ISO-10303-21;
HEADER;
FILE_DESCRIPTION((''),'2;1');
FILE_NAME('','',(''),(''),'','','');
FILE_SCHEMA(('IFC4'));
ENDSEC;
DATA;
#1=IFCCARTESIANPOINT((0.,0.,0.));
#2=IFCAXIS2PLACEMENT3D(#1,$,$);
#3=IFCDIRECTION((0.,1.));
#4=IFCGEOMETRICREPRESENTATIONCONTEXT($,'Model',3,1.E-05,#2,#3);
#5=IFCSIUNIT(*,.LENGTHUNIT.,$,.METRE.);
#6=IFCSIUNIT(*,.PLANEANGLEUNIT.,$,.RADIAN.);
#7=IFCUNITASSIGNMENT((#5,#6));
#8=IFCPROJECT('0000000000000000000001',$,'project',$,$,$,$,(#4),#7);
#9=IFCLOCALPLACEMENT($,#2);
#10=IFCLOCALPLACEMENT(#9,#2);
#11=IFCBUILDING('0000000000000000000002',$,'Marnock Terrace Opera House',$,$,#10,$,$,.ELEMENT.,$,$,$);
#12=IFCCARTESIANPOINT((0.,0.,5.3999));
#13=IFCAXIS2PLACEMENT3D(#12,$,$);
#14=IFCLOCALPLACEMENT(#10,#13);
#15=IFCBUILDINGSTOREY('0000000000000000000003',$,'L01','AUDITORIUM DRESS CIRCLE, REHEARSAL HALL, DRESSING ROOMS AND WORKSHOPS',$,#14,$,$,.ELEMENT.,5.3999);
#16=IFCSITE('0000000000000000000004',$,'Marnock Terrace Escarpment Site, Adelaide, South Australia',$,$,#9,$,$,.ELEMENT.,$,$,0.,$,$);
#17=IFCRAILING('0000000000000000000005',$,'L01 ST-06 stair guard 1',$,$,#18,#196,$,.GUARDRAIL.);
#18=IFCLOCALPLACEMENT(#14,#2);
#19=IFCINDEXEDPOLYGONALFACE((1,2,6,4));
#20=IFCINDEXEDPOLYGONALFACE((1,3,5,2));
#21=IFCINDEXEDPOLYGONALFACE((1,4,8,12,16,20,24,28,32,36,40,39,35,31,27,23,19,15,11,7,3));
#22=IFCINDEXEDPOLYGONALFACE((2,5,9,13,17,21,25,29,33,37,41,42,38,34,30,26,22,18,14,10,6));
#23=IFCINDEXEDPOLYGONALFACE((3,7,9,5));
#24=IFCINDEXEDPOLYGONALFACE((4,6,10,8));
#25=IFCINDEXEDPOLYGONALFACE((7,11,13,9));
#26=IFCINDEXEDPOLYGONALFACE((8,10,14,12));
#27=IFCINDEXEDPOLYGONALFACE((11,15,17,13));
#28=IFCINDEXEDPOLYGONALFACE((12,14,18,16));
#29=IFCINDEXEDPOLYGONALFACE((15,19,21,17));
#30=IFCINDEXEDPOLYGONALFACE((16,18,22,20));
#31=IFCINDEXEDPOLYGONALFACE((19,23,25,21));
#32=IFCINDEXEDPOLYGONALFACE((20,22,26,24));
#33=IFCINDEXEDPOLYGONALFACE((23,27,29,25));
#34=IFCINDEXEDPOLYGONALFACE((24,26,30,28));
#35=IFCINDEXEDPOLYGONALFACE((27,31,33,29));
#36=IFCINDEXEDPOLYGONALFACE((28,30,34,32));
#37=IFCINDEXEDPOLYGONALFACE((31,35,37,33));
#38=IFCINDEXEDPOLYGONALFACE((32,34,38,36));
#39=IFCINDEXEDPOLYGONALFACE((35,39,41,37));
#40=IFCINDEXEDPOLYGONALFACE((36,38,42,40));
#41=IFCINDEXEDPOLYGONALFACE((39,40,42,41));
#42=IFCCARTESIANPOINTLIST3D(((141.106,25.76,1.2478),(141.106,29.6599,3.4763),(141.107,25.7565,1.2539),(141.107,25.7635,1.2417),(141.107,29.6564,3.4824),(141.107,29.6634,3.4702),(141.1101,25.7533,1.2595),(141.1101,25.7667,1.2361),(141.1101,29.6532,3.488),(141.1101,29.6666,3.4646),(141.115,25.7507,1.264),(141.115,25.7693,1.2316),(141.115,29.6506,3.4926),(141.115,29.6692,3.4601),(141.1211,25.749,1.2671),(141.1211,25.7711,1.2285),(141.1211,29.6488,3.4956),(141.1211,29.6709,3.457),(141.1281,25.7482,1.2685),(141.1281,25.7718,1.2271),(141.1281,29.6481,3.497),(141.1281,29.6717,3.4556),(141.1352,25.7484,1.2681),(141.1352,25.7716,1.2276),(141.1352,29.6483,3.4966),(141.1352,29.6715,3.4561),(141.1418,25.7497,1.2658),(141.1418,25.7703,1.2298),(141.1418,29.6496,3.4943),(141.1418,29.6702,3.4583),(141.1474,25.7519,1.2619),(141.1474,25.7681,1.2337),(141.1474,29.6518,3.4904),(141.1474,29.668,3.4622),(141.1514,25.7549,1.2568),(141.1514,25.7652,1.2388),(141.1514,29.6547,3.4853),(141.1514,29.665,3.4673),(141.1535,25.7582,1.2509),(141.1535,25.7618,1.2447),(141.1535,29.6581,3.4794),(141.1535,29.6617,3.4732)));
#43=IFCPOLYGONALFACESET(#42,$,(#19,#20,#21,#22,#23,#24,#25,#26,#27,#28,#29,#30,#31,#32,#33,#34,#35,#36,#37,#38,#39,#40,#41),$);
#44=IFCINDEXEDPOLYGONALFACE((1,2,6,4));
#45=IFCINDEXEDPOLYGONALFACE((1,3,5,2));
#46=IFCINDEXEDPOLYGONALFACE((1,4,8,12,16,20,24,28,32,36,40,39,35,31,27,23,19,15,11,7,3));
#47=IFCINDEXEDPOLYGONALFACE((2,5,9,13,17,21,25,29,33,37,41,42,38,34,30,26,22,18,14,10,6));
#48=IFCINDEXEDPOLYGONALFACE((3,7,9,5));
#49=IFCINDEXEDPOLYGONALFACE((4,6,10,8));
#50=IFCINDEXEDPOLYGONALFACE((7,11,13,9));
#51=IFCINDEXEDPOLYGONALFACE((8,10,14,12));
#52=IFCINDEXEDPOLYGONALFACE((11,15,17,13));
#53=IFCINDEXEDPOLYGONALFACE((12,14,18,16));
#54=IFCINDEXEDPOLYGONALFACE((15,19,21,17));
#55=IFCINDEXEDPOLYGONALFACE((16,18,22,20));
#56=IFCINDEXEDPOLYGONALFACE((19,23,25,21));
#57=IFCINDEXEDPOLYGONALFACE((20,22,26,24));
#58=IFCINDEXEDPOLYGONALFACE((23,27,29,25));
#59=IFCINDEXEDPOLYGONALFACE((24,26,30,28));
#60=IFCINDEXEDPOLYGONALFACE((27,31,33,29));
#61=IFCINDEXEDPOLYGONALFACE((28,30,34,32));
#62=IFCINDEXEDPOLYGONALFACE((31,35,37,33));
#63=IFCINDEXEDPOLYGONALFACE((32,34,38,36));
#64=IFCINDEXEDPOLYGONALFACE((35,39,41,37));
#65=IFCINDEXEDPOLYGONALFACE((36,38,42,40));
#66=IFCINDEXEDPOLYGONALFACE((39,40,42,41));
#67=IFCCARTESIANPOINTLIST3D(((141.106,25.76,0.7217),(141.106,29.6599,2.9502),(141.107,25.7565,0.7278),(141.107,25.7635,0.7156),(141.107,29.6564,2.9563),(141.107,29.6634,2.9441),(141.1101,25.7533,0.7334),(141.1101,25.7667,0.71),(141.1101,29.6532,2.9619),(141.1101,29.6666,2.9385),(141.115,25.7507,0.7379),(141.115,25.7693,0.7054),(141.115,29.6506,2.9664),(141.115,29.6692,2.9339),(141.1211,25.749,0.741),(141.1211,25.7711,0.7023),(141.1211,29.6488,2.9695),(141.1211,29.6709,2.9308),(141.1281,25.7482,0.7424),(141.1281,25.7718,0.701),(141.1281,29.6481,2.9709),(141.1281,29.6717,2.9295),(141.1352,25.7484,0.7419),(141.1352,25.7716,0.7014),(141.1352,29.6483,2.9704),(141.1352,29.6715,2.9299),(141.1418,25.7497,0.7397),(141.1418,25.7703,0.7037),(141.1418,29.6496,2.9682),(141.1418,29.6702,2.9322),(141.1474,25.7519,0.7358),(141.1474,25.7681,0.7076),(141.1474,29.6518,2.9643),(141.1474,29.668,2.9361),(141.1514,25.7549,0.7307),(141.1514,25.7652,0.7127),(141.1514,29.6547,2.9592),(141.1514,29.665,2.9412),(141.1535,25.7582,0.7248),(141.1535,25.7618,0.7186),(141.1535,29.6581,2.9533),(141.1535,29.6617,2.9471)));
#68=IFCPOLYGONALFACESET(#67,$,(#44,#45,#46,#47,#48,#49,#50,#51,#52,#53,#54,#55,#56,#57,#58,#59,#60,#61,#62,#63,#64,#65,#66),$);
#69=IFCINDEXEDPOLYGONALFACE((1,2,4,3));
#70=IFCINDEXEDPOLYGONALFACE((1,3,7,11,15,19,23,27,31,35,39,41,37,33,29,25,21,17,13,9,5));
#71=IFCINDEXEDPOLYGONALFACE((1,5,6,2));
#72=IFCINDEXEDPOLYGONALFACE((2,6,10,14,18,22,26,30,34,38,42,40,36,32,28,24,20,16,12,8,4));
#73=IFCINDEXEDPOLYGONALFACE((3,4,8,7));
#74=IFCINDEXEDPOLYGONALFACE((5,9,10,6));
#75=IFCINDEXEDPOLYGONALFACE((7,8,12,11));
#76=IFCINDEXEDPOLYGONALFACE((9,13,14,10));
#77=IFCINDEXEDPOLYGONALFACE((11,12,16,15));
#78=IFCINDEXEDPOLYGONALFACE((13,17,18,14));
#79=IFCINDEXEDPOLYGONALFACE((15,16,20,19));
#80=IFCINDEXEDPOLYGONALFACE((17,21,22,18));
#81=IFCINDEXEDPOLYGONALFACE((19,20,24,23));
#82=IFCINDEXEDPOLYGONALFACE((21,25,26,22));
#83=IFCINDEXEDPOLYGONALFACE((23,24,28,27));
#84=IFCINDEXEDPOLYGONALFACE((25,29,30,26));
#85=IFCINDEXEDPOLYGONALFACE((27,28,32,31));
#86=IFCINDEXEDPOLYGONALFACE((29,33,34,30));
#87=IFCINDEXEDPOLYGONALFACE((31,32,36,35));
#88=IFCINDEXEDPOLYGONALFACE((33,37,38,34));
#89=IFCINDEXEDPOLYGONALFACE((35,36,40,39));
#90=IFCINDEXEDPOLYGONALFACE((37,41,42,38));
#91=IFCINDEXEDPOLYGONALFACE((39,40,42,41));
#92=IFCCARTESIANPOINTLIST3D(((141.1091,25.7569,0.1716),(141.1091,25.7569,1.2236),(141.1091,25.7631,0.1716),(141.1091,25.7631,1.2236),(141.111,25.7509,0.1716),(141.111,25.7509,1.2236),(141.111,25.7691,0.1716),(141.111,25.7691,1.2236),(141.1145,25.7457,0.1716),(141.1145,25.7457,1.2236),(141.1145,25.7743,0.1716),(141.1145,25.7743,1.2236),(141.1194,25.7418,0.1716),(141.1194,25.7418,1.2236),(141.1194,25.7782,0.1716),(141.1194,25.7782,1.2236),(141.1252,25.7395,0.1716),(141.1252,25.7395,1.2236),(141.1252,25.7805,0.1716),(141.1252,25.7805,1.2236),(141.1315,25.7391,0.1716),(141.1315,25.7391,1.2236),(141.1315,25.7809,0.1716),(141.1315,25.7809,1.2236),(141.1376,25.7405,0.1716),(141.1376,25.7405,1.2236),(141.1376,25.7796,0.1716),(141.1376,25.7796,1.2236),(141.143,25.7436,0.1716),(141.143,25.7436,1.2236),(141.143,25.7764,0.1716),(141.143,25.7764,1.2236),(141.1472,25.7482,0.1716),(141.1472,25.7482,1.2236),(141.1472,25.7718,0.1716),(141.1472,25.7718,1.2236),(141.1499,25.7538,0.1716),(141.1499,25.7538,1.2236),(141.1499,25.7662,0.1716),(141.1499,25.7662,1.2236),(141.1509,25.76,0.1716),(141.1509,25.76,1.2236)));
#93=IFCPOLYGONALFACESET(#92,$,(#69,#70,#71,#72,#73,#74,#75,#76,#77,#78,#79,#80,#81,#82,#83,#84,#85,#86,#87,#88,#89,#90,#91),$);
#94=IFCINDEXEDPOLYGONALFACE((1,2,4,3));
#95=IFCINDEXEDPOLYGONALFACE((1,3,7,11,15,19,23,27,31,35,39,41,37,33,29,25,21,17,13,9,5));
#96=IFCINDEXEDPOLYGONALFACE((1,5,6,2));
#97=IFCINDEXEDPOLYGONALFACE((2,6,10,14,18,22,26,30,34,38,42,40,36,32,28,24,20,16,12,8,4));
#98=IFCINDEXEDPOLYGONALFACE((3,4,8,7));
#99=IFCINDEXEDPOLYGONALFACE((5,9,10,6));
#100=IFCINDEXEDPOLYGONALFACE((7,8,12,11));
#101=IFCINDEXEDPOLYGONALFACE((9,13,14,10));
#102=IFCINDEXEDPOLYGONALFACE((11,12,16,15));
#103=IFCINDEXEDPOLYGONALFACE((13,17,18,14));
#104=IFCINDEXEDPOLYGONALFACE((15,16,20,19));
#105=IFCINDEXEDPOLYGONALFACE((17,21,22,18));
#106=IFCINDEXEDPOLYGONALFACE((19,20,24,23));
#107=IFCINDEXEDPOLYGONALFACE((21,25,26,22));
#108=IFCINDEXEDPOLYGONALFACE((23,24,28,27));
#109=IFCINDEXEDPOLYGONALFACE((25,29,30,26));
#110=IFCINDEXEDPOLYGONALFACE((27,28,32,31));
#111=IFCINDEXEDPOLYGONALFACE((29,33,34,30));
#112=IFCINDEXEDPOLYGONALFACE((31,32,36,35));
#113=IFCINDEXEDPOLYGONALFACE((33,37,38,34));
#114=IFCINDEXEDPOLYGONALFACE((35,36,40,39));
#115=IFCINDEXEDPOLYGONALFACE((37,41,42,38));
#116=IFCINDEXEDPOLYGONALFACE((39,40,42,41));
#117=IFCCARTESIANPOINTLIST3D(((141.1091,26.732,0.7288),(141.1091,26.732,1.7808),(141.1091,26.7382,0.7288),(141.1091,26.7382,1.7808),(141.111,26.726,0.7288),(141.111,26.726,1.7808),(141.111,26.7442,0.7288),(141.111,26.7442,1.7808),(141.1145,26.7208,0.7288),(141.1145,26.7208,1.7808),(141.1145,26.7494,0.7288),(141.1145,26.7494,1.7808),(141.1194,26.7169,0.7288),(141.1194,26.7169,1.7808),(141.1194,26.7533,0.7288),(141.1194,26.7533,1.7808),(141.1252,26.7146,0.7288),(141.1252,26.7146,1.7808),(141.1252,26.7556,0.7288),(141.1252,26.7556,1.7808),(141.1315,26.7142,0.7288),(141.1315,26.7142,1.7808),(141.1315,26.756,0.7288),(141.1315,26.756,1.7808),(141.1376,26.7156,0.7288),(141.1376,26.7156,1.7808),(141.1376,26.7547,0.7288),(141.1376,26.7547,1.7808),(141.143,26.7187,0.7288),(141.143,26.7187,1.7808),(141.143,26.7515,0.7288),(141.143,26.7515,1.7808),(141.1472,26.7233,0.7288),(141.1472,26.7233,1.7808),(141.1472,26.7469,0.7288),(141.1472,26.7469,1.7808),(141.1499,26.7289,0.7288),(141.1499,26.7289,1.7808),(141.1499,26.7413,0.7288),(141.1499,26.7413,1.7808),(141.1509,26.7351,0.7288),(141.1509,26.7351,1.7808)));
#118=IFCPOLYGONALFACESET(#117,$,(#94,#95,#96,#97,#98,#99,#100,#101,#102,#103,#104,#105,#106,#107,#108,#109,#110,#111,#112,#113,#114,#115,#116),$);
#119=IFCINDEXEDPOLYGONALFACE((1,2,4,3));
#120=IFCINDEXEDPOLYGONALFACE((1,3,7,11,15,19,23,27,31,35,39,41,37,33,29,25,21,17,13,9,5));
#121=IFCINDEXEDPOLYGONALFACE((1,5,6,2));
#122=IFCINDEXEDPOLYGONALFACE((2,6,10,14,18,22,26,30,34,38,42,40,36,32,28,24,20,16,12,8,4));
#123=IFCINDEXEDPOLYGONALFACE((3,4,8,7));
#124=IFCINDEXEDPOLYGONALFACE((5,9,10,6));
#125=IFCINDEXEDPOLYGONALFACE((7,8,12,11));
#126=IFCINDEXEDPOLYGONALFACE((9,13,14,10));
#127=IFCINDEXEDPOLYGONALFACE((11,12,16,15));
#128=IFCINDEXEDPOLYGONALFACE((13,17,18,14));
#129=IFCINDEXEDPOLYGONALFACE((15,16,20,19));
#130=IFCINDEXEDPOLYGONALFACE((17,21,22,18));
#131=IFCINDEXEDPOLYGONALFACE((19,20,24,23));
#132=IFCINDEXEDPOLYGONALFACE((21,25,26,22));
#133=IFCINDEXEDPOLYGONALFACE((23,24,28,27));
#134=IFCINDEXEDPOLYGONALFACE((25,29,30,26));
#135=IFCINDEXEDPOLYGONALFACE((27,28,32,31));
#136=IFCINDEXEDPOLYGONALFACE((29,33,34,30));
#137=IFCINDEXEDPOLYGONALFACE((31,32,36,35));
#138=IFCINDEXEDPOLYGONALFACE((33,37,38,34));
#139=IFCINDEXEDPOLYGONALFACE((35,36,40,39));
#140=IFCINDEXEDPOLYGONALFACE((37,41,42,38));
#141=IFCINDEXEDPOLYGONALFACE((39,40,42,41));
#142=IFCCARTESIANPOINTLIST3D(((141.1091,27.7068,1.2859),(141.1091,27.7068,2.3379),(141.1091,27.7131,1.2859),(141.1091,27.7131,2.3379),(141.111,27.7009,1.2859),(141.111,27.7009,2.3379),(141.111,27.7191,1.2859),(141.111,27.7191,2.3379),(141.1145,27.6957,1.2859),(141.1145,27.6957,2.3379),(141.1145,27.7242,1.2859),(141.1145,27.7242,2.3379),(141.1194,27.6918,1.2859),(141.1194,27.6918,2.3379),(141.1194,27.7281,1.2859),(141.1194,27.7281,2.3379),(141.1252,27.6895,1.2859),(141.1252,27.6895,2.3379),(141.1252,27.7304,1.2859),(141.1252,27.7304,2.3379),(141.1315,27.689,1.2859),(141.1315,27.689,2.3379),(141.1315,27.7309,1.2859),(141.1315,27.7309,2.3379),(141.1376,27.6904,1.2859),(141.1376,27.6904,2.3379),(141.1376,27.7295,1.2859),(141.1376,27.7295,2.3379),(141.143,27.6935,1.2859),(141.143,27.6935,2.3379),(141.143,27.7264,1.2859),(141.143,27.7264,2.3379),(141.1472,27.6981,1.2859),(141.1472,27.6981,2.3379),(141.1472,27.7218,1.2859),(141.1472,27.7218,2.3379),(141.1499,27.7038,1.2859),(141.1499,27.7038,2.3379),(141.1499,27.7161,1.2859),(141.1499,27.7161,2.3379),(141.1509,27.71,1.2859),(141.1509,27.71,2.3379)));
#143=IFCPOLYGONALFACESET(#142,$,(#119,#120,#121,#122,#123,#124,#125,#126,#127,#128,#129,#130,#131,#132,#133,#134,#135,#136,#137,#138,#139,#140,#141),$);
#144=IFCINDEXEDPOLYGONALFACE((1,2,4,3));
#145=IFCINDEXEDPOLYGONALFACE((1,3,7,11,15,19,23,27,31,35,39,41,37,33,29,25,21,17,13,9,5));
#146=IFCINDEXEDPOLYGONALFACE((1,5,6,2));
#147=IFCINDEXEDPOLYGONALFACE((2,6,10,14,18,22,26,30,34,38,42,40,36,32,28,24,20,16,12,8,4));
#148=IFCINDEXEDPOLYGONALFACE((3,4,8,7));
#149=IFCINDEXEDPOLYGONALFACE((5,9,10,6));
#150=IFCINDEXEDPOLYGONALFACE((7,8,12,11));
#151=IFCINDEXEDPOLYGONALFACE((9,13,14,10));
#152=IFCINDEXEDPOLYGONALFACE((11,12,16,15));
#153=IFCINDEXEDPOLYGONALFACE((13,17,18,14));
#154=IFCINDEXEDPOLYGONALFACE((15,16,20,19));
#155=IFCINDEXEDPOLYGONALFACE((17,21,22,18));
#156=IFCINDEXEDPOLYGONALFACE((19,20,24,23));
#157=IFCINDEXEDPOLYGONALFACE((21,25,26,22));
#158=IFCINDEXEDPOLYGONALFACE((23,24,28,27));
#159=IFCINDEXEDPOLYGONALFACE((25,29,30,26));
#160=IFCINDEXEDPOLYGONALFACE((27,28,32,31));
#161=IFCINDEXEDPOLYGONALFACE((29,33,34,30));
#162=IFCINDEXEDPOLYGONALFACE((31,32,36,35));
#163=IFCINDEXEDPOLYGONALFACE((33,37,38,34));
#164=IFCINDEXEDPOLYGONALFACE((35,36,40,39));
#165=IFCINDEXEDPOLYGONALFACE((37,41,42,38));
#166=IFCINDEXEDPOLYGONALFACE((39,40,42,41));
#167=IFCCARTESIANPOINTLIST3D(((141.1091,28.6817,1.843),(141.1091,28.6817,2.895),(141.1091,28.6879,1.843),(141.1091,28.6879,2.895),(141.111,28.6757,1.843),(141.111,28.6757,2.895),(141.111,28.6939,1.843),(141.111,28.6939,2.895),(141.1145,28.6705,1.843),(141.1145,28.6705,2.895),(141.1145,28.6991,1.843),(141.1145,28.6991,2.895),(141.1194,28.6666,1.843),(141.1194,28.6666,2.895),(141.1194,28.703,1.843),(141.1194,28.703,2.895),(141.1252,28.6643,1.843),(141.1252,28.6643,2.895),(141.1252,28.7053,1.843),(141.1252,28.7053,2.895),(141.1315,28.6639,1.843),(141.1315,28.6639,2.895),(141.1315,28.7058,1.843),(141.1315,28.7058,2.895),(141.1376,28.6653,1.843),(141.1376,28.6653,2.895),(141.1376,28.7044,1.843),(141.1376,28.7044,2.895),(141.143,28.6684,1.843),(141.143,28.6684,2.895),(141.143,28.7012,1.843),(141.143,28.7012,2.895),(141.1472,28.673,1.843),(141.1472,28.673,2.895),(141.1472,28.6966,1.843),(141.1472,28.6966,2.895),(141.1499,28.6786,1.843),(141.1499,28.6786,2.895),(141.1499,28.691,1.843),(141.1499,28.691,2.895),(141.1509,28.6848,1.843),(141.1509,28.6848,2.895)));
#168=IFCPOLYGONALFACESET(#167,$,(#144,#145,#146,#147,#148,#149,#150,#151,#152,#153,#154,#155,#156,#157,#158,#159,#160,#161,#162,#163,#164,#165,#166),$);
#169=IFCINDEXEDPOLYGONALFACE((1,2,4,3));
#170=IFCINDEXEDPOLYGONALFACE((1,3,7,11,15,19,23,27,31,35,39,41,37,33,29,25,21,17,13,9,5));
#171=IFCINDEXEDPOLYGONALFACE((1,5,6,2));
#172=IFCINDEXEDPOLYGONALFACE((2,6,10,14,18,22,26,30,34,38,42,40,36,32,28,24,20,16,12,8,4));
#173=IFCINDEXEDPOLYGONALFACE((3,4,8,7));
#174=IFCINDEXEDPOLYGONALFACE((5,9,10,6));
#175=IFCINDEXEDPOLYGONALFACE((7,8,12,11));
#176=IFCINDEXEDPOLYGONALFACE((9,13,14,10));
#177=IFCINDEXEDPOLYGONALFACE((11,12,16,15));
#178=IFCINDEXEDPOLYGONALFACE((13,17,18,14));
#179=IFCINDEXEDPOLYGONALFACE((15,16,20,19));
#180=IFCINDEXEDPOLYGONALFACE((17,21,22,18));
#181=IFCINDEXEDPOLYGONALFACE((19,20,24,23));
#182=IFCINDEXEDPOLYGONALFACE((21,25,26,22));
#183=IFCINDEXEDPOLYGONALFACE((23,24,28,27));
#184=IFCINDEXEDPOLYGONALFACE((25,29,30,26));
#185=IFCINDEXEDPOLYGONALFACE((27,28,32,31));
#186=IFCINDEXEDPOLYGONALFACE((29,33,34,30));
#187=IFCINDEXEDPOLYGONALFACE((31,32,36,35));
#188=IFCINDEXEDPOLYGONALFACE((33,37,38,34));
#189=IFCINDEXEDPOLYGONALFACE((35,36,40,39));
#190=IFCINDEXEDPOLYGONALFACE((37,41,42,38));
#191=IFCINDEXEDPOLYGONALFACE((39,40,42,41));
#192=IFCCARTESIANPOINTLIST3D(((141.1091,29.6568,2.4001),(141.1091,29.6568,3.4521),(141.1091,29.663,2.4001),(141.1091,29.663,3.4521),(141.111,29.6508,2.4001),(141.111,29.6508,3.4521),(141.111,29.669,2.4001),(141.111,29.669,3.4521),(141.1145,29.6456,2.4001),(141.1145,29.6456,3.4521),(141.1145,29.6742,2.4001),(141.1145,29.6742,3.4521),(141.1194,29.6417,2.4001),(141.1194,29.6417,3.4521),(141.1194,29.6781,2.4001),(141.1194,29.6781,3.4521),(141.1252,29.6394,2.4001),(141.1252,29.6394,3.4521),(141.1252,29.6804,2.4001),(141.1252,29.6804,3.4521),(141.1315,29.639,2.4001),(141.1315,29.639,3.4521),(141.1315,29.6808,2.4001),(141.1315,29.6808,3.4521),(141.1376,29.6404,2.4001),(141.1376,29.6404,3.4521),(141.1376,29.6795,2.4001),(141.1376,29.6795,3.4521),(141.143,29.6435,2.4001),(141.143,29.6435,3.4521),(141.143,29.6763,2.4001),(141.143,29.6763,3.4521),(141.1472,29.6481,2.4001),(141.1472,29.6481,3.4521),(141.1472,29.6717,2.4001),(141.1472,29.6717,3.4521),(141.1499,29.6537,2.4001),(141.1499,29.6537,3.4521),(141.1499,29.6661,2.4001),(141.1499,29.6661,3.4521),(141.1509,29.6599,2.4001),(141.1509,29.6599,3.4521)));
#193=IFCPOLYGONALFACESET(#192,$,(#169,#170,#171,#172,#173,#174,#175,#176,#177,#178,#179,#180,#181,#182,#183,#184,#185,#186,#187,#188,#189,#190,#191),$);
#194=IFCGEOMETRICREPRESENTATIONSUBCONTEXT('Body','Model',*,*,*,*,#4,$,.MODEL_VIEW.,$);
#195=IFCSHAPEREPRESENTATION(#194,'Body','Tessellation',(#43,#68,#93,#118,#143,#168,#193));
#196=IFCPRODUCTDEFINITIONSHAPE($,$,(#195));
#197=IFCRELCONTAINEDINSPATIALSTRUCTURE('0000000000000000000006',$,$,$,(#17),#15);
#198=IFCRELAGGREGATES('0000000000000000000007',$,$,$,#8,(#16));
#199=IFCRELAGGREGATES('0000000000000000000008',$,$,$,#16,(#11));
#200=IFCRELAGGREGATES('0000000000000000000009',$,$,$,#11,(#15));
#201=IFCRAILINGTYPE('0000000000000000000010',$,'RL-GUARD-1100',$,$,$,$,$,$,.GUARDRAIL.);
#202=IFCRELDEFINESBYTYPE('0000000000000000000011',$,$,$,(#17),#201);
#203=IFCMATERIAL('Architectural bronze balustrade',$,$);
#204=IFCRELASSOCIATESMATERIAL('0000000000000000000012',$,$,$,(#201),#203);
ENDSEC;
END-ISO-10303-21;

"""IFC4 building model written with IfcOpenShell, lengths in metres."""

from ifc_helpers import new_model, si_unit, direction, frame, origin, origin_2d, place, context, subcontext, project, spatial, circle, extrude, material, type_object, element, save


model = new_model("IFC4")

# Units and contexts
model_context = context("Model", 3, precision=1e-05, world=origin(), true_north=direction((0.0, 1.0)))
body_context = subcontext(model_context, "Body", "Model", "MODEL_VIEW")
ifc_project = project(units=[si_unit("LENGTHUNIT", "METRE"), si_unit("PLANEANGLEUNIT", "RADIAN")], contexts=[model_context])

# Site, building, storey
site_placement = place(None, origin())
site = spatial("IfcSite", under=ifc_project, at=site_placement, Name="Marnock Terrace Escarpment Site, Adelaide, South Australia", CompositionType="ELEMENT", RefElevation=0.0)
building_placement = place(site_placement, origin())
building = spatial("IfcBuilding", under=site, at=building_placement, Name="Marnock Terrace Opera House", CompositionType="ELEMENT")
storey_placement = place(building_placement, frame((0.0, 0.0, 5.3999)))
storey = spatial("IfcBuildingStorey", under=building, at=storey_placement, Name="L01", Description="AUDITORIUM DRESS CIRCLE, REHEARSAL HALL, DRESSING ROOMS AND WORKSHOPS", CompositionType="ELEMENT", Elevation=5.3999)

# Railing
ifc_material_1 = material(Name="Architectural bronze balustrade")
railing_type_1 = type_object("IfcRailingType", Name="RL-GUARD-1100", PredefinedType="GUARDRAIL", material=ifc_material_1)
railing_1_placement = place(storey_placement, frame((141.1299, 25.76, 0.1716)))
element("IfcRailing", 1, at=railing_1_placement, inside=storey, type_object=railing_type_1, Name="L01 ST-06 stair guard 1", PredefinedType="GUARDRAIL", context=body_context, shape_type="SweptSolid", body=[
    extrude(circle(Radius=0.0239, at=origin_2d()), frame((0.0, 0.0, 1.0762), z_axis=(0.0, 0.868243, 0.496139), x_axis=(-1.0, 0.0, 0.0)), (0.0, 0.0, 1.0), 4.4917),
    extrude(circle(Radius=0.0239, at=origin_2d()), frame((0.0, 0.0, 0.55), z_axis=(0.0, 0.868243, 0.496139), x_axis=(-1.0, 0.0, 0.0)), (0.0, 0.0, 1.0), 4.4917),
    extrude(circle(Radius=0.021, at=origin_2d()), origin(), (0.0, 0.0, 1.0), 1.052),
    extrude(circle(Radius=0.021, at=origin_2d()), frame((0.0, 0.9751, 0.5571)), (0.0, 0.0, 1.0), 1.052),
    extrude(circle(Radius=0.021, at=origin_2d()), frame((0.0, 1.95, 1.1143)), (0.0, 0.0, 1.0), 1.052),
    extrude(circle(Radius=0.021, at=origin_2d()), frame((0.0, 2.9248, 1.6714)), (0.0, 0.0, 1.0), 1.052),
    extrude(circle(Radius=0.021, at=origin_2d()), frame((0.0, 3.8999, 2.2285)), (0.0, 0.0, 1.0), 1.052),
])

save(model, "model.ifc")
